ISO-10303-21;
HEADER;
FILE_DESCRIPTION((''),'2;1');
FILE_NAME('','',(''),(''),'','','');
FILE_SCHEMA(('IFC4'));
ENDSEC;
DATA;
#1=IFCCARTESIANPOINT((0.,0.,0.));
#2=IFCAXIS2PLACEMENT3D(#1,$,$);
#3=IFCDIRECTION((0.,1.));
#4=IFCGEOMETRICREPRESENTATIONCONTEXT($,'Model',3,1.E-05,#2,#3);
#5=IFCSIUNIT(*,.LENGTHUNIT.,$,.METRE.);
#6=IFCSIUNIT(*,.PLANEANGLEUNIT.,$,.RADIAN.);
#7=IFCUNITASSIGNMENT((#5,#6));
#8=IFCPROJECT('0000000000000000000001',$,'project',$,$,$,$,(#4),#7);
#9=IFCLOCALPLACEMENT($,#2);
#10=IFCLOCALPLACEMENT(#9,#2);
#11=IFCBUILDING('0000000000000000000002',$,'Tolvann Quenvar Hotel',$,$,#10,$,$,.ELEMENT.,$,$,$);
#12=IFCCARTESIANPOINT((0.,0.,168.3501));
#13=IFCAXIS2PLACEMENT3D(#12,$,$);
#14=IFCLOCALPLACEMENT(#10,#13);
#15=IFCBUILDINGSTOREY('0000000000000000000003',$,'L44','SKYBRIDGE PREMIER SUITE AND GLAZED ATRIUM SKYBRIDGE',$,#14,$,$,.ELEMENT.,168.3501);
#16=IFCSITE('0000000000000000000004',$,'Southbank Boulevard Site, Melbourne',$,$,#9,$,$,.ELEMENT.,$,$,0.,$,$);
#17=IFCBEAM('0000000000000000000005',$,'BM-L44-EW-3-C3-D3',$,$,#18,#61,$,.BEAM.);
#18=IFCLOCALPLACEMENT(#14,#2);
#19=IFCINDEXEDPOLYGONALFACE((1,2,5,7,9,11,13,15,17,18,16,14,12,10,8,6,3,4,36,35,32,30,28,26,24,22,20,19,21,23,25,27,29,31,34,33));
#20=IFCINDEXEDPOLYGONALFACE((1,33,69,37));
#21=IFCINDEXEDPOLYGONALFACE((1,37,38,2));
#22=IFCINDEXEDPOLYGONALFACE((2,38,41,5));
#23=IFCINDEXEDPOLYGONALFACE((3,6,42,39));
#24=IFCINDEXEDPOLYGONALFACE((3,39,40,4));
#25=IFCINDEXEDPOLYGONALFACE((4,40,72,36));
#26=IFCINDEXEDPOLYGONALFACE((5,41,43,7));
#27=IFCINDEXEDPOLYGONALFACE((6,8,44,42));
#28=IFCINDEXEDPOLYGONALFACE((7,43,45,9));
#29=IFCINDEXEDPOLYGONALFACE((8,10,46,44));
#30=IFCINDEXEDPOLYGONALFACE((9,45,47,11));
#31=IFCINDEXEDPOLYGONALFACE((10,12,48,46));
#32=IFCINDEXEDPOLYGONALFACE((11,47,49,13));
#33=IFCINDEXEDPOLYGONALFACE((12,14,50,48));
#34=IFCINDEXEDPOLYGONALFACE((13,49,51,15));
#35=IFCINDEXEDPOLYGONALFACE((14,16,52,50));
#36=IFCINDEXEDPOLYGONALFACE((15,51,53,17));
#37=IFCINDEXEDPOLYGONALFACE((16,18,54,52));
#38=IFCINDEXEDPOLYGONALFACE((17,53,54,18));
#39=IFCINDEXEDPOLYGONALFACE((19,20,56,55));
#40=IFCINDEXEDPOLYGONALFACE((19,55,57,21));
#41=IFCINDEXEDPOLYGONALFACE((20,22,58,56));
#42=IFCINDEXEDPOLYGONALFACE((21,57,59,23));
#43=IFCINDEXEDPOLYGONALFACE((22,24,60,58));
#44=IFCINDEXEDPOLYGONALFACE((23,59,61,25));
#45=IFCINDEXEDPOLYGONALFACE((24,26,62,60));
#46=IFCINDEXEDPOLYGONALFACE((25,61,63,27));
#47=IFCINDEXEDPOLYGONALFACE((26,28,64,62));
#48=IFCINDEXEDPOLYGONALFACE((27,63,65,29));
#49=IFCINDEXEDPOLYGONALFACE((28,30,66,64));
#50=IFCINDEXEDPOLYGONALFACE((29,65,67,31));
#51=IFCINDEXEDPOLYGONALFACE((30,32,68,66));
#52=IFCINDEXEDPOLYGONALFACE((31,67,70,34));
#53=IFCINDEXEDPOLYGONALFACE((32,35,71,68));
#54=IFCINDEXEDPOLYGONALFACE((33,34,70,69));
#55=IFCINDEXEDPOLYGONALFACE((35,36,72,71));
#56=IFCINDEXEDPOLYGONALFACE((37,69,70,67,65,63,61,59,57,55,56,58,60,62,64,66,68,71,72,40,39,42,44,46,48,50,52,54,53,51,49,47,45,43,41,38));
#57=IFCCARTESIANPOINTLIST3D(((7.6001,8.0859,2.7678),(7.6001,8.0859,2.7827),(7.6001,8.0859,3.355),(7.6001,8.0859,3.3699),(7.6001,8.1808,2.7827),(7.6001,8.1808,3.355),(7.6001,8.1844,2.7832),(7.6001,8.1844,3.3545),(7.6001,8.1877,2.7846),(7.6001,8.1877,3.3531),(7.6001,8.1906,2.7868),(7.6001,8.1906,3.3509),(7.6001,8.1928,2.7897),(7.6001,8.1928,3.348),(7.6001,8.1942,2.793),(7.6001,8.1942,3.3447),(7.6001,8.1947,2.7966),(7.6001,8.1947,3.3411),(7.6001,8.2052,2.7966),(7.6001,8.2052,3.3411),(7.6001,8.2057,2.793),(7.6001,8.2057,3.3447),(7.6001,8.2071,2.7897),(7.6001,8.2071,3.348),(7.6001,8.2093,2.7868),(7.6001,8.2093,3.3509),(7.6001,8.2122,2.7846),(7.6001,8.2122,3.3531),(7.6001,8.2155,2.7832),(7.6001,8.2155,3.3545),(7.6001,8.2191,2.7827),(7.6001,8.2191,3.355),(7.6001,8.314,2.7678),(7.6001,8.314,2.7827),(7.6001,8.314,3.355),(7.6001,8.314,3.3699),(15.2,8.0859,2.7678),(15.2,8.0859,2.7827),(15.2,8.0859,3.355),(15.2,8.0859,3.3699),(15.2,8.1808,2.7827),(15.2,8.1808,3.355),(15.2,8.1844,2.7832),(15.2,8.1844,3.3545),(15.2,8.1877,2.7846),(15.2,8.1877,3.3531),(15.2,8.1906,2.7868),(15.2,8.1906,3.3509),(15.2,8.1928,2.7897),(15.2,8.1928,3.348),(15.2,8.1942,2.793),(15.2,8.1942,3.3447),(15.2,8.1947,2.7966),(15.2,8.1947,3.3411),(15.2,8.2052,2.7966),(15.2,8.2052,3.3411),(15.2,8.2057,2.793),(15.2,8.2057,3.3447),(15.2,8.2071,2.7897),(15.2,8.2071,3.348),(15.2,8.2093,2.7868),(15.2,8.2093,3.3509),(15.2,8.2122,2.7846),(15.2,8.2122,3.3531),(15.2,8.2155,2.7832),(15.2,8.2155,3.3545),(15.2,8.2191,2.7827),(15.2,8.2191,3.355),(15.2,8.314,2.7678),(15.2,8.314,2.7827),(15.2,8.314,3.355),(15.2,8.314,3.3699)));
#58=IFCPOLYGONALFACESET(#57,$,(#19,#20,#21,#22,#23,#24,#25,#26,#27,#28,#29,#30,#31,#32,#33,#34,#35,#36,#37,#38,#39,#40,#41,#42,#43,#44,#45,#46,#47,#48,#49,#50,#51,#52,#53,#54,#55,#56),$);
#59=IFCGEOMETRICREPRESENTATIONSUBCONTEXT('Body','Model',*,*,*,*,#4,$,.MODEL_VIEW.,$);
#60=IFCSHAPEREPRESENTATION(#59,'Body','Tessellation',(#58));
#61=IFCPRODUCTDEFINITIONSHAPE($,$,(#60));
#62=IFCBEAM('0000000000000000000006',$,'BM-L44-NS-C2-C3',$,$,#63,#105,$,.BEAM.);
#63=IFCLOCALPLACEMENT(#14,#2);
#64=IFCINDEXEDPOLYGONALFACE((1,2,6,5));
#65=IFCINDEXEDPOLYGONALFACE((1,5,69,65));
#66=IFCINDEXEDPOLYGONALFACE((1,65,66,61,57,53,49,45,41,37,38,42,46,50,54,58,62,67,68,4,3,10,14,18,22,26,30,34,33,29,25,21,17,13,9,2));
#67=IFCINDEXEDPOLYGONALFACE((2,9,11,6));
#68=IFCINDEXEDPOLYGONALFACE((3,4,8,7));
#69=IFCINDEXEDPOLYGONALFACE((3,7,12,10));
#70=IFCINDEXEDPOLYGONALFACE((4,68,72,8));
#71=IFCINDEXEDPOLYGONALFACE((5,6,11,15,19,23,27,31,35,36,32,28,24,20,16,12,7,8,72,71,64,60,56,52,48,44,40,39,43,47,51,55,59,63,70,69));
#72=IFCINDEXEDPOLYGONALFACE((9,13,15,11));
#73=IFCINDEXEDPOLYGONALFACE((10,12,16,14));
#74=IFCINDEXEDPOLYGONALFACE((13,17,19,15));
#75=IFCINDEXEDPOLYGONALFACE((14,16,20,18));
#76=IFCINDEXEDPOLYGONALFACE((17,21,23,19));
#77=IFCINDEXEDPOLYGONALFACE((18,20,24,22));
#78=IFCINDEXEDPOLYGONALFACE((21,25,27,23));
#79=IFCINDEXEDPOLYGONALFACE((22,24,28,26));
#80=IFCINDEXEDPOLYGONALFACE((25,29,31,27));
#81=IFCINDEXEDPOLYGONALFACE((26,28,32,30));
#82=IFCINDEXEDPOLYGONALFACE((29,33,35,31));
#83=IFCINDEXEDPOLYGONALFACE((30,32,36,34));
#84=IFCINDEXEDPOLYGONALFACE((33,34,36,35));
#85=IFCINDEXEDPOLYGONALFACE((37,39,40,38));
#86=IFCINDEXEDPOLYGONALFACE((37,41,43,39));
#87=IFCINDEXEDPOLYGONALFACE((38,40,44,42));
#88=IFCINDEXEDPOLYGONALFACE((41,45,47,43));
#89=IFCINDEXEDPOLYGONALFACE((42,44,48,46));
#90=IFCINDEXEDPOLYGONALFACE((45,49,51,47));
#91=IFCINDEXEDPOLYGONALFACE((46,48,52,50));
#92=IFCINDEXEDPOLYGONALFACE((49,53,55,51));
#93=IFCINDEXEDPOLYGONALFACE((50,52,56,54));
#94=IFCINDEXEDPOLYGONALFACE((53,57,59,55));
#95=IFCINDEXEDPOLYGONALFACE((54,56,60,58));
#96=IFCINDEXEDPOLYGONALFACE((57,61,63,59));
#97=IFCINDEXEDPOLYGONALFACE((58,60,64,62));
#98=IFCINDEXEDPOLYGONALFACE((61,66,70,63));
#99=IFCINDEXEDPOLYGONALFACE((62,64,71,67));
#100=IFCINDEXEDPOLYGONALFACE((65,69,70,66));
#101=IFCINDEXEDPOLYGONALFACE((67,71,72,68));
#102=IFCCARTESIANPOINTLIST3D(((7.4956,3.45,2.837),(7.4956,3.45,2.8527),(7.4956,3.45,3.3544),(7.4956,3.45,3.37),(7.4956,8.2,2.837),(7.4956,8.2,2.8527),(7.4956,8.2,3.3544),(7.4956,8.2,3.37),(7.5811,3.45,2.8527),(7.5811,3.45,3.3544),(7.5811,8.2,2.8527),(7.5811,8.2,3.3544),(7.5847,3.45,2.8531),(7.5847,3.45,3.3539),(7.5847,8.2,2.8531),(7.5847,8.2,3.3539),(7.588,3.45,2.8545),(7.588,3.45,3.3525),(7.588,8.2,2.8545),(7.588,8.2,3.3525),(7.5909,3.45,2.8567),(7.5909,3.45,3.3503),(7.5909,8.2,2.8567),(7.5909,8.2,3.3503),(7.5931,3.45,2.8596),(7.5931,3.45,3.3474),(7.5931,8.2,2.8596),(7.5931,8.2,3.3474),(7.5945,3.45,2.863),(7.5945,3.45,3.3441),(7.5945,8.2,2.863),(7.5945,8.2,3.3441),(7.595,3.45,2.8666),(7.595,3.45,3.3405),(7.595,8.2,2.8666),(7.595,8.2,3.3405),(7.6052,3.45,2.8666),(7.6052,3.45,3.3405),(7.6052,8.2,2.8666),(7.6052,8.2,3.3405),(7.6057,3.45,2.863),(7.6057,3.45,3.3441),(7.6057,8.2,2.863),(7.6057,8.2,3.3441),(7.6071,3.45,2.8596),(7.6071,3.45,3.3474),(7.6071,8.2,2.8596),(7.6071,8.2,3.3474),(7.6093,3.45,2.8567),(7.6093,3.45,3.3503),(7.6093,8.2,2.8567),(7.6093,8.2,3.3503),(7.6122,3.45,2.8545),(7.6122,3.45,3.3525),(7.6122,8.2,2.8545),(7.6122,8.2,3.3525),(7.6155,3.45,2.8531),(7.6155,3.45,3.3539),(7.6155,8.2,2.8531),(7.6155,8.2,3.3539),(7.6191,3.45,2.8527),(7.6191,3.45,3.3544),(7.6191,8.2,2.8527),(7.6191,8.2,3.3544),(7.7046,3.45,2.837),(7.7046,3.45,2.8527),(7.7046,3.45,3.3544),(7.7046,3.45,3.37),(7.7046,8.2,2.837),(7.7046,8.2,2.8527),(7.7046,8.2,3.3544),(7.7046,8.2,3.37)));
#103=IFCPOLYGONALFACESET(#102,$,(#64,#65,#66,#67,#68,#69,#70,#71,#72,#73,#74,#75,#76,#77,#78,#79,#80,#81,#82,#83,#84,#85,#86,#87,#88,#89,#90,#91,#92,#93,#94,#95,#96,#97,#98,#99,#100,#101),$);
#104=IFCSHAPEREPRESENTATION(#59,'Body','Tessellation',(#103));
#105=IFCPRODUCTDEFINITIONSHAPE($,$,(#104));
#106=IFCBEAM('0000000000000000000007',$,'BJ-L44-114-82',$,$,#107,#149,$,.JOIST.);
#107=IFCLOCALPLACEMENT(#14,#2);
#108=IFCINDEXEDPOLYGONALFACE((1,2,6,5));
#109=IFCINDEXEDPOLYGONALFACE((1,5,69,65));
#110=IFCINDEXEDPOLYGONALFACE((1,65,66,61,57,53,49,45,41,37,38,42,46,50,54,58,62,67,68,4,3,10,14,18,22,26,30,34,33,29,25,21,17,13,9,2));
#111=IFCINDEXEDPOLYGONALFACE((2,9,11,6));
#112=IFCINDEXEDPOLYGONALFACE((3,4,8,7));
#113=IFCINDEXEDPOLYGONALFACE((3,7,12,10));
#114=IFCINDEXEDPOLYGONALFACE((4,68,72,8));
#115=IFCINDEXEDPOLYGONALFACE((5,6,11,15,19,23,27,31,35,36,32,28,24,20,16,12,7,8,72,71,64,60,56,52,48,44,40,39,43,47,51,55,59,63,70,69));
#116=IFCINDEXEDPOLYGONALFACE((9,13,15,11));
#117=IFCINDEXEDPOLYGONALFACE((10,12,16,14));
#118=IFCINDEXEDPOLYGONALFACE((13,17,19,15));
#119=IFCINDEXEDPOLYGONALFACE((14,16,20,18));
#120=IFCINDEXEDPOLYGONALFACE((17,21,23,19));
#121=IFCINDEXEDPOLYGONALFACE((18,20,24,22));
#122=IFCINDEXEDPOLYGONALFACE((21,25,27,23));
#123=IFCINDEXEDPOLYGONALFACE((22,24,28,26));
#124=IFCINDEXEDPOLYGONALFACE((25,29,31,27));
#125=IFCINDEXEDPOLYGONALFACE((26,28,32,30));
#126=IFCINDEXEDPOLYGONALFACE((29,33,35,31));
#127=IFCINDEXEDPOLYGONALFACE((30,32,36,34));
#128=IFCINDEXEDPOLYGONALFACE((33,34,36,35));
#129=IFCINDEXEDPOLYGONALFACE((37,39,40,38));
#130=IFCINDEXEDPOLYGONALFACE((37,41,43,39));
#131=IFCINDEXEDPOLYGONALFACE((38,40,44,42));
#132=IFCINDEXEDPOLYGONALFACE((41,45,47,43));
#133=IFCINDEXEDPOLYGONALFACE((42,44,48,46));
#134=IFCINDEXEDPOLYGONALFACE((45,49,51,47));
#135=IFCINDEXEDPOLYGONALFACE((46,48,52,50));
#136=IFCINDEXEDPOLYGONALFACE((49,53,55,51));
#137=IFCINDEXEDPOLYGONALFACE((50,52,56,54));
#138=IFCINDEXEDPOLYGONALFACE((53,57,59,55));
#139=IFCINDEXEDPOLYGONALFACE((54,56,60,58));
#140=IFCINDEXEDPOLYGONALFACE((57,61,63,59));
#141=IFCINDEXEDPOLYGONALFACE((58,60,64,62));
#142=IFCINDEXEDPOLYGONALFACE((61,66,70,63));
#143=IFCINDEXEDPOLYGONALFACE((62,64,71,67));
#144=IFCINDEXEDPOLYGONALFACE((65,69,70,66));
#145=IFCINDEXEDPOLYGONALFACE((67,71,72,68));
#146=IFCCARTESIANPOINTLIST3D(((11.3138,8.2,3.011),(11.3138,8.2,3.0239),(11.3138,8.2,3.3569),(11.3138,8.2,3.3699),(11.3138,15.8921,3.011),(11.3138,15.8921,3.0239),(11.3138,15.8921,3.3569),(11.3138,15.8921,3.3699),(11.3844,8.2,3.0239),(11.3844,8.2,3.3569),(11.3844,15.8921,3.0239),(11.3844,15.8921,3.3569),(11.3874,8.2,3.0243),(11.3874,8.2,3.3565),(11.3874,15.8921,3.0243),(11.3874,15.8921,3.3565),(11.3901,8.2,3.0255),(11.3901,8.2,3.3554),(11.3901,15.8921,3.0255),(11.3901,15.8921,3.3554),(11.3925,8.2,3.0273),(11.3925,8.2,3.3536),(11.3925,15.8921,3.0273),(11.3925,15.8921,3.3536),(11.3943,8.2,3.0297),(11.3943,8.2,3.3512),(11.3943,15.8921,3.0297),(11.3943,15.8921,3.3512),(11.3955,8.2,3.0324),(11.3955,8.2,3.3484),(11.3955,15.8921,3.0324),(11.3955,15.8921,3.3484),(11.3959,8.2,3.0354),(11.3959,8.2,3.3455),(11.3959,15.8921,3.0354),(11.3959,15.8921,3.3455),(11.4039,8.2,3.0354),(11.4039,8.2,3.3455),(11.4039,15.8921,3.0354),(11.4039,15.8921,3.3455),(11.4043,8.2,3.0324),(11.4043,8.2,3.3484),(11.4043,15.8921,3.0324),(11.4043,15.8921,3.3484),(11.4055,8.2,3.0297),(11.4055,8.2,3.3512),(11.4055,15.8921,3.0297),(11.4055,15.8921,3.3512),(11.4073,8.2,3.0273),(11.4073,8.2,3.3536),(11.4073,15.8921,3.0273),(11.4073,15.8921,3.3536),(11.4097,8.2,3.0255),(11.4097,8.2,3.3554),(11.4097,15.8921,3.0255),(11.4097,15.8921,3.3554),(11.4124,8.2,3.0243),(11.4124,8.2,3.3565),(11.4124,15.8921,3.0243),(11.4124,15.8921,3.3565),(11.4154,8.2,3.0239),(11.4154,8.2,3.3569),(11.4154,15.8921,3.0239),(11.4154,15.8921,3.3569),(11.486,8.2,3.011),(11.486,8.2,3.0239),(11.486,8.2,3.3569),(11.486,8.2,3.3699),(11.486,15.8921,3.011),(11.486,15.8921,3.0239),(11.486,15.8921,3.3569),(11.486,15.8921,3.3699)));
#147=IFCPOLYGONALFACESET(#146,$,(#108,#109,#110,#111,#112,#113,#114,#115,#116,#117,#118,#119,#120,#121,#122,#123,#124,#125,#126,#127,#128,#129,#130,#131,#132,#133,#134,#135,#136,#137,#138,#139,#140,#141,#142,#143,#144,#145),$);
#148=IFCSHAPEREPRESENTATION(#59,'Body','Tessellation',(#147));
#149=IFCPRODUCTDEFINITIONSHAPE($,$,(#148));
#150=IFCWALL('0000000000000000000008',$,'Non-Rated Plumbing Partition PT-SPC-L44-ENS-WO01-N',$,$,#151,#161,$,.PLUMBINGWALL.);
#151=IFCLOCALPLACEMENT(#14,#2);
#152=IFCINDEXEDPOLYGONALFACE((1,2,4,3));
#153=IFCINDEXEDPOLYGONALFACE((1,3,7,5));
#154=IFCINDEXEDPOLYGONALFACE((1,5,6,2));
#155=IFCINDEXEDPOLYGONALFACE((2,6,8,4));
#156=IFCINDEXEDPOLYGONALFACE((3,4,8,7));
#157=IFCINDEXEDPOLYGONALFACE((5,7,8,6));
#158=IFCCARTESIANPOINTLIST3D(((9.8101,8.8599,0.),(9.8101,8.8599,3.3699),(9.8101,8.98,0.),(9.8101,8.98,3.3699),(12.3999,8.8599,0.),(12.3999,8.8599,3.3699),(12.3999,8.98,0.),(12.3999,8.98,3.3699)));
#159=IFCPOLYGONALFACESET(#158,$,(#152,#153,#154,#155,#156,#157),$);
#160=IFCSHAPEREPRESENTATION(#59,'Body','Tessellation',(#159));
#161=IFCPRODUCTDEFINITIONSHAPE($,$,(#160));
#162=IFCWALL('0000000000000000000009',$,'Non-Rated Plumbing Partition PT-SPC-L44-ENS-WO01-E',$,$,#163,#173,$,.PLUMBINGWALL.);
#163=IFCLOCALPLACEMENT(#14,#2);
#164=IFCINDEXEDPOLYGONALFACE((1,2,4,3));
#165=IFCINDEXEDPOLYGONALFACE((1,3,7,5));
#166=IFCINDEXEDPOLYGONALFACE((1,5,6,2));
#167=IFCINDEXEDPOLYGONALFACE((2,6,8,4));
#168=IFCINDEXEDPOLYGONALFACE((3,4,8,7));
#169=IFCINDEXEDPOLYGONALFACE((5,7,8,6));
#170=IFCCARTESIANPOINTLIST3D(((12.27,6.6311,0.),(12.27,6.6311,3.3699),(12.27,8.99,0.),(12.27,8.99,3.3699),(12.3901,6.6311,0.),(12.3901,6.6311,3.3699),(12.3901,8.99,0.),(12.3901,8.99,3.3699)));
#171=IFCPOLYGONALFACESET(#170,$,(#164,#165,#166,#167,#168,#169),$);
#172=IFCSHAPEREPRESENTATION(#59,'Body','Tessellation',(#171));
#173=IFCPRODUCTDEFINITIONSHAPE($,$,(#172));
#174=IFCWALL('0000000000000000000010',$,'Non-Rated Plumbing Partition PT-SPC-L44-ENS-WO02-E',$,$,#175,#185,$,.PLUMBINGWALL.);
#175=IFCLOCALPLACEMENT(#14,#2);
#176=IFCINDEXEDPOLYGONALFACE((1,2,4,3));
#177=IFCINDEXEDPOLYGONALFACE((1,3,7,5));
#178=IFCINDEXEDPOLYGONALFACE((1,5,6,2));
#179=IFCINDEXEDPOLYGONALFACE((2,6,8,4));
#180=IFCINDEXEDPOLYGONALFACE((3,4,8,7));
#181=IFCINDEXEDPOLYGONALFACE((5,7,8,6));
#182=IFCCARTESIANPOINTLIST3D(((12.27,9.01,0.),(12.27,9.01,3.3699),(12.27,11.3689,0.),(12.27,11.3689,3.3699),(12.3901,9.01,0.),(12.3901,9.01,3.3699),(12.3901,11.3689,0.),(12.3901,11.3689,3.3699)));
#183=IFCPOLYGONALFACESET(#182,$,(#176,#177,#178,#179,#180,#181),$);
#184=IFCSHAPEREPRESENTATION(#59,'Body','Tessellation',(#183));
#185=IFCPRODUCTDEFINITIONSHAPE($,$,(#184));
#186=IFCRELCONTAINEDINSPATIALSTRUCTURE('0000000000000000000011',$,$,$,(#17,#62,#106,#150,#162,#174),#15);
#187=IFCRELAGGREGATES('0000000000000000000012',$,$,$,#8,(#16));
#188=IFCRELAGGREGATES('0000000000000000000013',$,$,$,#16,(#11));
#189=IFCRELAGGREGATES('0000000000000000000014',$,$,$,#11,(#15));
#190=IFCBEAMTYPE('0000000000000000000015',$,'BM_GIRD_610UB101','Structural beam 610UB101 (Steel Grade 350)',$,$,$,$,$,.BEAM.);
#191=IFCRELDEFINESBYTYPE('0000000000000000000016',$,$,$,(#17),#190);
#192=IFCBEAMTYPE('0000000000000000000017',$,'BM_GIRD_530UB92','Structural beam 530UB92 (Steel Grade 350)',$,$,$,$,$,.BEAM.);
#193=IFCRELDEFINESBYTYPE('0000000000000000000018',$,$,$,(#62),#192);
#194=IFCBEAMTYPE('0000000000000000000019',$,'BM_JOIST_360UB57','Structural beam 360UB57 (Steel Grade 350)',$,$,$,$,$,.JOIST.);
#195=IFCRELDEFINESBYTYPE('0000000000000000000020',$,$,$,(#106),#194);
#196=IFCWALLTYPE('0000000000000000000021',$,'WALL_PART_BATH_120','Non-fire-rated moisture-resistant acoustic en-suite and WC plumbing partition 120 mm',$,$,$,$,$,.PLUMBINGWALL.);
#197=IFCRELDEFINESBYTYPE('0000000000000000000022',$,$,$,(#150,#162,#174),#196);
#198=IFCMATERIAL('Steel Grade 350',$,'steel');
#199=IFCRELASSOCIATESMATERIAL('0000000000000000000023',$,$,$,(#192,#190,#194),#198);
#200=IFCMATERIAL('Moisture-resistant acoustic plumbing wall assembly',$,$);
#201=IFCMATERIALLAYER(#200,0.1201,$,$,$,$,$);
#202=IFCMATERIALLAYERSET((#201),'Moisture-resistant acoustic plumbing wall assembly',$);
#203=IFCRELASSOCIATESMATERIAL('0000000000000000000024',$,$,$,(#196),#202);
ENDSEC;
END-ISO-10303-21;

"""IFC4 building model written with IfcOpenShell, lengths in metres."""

from ifc_helpers import new_model, si_unit, direction, frame, frame_2d, origin, origin_2d, place, context, subcontext, project, spatial, rectangle, i_section, extrude, source, transform, mapped, material, layer, layer_set, material_profile, profile_set, type_object, type_shapes, element, save


model = new_model("IFC4")

# Units and contexts
model_context = context("Model", 3, precision=1e-05, world=origin(), true_north=direction((0.0, 1.0)))
body_context = subcontext(model_context, "Body", "Model", "MODEL_VIEW")
ifc_project = project(units=[si_unit("LENGTHUNIT", "METRE"), si_unit("PLANEANGLEUNIT", "RADIAN")], contexts=[model_context])

# Site, building, storey
site_placement = place(None, origin())
site = spatial("IfcSite", under=ifc_project, at=site_placement, Name="Southbank Boulevard Site, Melbourne", CompositionType="ELEMENT", RefElevation=0.0)
building_placement = place(site_placement, origin())
building = spatial("IfcBuilding", under=site, at=building_placement, Name="Tolvann Quenvar Hotel", CompositionType="ELEMENT")
storey_placement = place(building_placement, frame((0.0, 0.0, 168.3501)))
storey = spatial("IfcBuildingStorey", under=building, at=storey_placement, Name="L44", Description="SKYBRIDGE PREMIER SUITE AND GLAZED ATRIUM SKYBRIDGE", CompositionType="ELEMENT", Elevation=168.3501)

# Shared definitions
ifc_material_1 = material(Name="Steel Grade 350", Category="steel")

# Beams
ifc_material_profile_1 = material_profile(ifc_material_1, i_section(OverallWidth=0.209, OverallDepth=0.533, WebThickness=0.0103, FlangeThickness=0.0156, FilletRadius=0.0139, at=origin_2d()), Name="530UB92")
ifc_profile_set_1 = profile_set([ifc_material_profile_1], Name="Steel Grade 350")
beam_type_1 = type_object("IfcBeamType", Name="BM_GIRD_530UB92", Description="Structural beam 530UB92 (Steel Grade 350)", PredefinedType="BEAM", material=ifc_profile_set_1)
ifc_material_profile_2 = material_profile(ifc_material_1, i_section(OverallWidth=0.228, OverallDepth=0.6021, WebThickness=0.0105, FlangeThickness=0.0149, FilletRadius=0.0139, at=origin_2d()), Name="610UB101")
ifc_profile_set_2 = profile_set([ifc_material_profile_2], Name="Steel Grade 350")
beam_type_2 = type_object("IfcBeamType", Name="BM_GIRD_610UB101", Description="Structural beam 610UB101 (Steel Grade 350)", PredefinedType="BEAM", material=ifc_profile_set_2)
shared_shape_1 = source(origin(), body_context, "Body", "SweptSolid", [
    extrude(i_section(OverallWidth=0.228, OverallDepth=0.6021, WebThickness=0.0105, FlangeThickness=0.0149, FilletRadius=0.0139, at=origin_2d()), origin(), (0.0, 0.0, 1.0), 7.5999),
])
type_shapes(beam_type_2, [shared_shape_1])
beam_1_placement = place(storey_placement, frame((7.6001, 8.2, 3.0688), z_axis=(1.0, 0.0, 0.0), x_axis=(0.0, 1.0, 0.0)))
element("IfcBeam", 1, at=beam_1_placement, inside=storey, type_object=beam_type_2, Name="BM-L44-EW-3-C3-D3", PredefinedType="BEAM", context=body_context, shape_type="MappedRepresentation", body=[
    mapped(shared_shape_1, transform((0.0, 0.0, 0.0), x_axis=(1.0, 0.0, 0.0), y_axis=(0.0, 1.0, 0.0), z_axis=(0.0, 0.0, 1.0), scale=1.0)),
])
shared_shape_2 = source(origin(), body_context, "Body", "SweptSolid", [
    extrude(i_section(OverallWidth=0.209, OverallDepth=0.533, WebThickness=0.0103, FlangeThickness=0.0156, FilletRadius=0.0139, at=origin_2d()), origin(), (0.0, 0.0, 1.0), 4.75),
])
beam_2_placement = place(storey_placement, frame((7.6001, 3.45, 3.1035), z_axis=(0.0, 1.0, 0.0), x_axis=(-1.0, 0.0, 0.0)))
element("IfcBeam", 2, at=beam_2_placement, inside=storey, type_object=beam_type_1, Name="BM-L44-NS-C2-C3", PredefinedType="BEAM", context=body_context, shape_type="MappedRepresentation", body=[
    mapped(shared_shape_2, transform((0.0, 0.0, 0.0), x_axis=(1.0, 0.0, 0.0), y_axis=(0.0, 1.0, 0.0), z_axis=(0.0, 0.0, 1.0), scale=1.0)),
])
ifc_material_profile_3 = material_profile(ifc_material_1, i_section(OverallWidth=0.1721, OverallDepth=0.3589, WebThickness=0.0081, FlangeThickness=0.0129, FilletRadius=0.0115, at=origin_2d()), Name="360UB57")
ifc_profile_set_3 = profile_set([ifc_material_profile_3], Name="Steel Grade 350")
beam_type_3 = type_object("IfcBeamType", Name="BM_JOIST_360UB57", Description="Structural beam 360UB57 (Steel Grade 350)", PredefinedType="JOIST", material=ifc_profile_set_3)
shared_shape_3 = source(origin(), body_context, "Body", "SweptSolid", [
    extrude(i_section(OverallWidth=0.1721, OverallDepth=0.3589, WebThickness=0.0081, FlangeThickness=0.0129, FilletRadius=0.0115, at=origin_2d()), origin(), (0.0, 0.0, 1.0), 7.6921),
])
type_shapes(beam_type_3, [shared_shape_3])
beam_3_placement = place(storey_placement, frame((11.3999, 8.2, 3.1904), z_axis=(0.0, 1.0, 0.0), x_axis=(-1.0, 0.0, 0.0)))
element("IfcBeam", 3, at=beam_3_placement, inside=storey, type_object=beam_type_3, Name="BJ-L44-114-82", PredefinedType="JOIST", context=body_context, shape_type="MappedRepresentation", body=[
    mapped(shared_shape_3, transform((0.0, 0.0, 0.0), x_axis=(1.0, 0.0, 0.0), y_axis=(0.0, 1.0, 0.0), z_axis=(0.0, 0.0, 1.0), scale=1.0)),
])

# Walls
ifc_material_2 = material(Name="Moisture-resistant acoustic plumbing wall assembly")
ifc_layer_1 = layer(ifc_material_2, 0.1201)
ifc_layer_set_1 = layer_set([ifc_layer_1], Name="Moisture-resistant acoustic plumbing wall assembly")
wall_type_1 = type_object("IfcWallType", Name="WALL_PART_BATH_120", Description="Non-fire-rated moisture-resistant acoustic en-suite and WC plumbing partition 120 mm", PredefinedType="PLUMBINGWALL", material=ifc_layer_set_1)
wall_1_placement = place(storey_placement, frame((9.8101, 8.9199, 0.0), z_axis=(0.0, 0.0, 1.0), x_axis=(1.0, 0.0, 0.0)))
element("IfcWall", 4, at=wall_1_placement, inside=storey, type_object=wall_type_1, Name="Non-Rated Plumbing Partition PT-SPC-L44-ENS-WO01-N", PredefinedType="PLUMBINGWALL", context=body_context, shape_type="SweptSolid", body=[
    extrude(rectangle(XDim=2.5898, YDim=0.1201, at=frame_2d((1.2949, 0.0))), origin(), (0.0, 0.0, 1.0), 3.3699),
])
for number, where, z_axis, x_axis, name in (
    (5, (12.3301, 6.6311, 0.0), (0.0, 0.0, 1.0), (0.0, 1.0, 0.0), "Non-Rated Plumbing Partition PT-SPC-L44-ENS-WO01-E"),
    (6, (12.3301, 9.01, 0.0), (0.0, 0.0, 1.0), (0.0, 1.0, 0.0), "Non-Rated Plumbing Partition PT-SPC-L44-ENS-WO02-E"),
):
    element("IfcWall", number, at=place(storey_placement, frame(where, z_axis=z_axis, x_axis=x_axis)), inside=storey, type_object=wall_type_1, Name=name, PredefinedType="PLUMBINGWALL", context=body_context, shape_type="SweptSolid", body=[
        extrude(rectangle(XDim=2.3589, YDim=0.1201, at=frame_2d((1.1794, 0.0))), origin(), (0.0, 0.0, 1.0), 3.3699),
    ])

save(model, "model.ifc")
